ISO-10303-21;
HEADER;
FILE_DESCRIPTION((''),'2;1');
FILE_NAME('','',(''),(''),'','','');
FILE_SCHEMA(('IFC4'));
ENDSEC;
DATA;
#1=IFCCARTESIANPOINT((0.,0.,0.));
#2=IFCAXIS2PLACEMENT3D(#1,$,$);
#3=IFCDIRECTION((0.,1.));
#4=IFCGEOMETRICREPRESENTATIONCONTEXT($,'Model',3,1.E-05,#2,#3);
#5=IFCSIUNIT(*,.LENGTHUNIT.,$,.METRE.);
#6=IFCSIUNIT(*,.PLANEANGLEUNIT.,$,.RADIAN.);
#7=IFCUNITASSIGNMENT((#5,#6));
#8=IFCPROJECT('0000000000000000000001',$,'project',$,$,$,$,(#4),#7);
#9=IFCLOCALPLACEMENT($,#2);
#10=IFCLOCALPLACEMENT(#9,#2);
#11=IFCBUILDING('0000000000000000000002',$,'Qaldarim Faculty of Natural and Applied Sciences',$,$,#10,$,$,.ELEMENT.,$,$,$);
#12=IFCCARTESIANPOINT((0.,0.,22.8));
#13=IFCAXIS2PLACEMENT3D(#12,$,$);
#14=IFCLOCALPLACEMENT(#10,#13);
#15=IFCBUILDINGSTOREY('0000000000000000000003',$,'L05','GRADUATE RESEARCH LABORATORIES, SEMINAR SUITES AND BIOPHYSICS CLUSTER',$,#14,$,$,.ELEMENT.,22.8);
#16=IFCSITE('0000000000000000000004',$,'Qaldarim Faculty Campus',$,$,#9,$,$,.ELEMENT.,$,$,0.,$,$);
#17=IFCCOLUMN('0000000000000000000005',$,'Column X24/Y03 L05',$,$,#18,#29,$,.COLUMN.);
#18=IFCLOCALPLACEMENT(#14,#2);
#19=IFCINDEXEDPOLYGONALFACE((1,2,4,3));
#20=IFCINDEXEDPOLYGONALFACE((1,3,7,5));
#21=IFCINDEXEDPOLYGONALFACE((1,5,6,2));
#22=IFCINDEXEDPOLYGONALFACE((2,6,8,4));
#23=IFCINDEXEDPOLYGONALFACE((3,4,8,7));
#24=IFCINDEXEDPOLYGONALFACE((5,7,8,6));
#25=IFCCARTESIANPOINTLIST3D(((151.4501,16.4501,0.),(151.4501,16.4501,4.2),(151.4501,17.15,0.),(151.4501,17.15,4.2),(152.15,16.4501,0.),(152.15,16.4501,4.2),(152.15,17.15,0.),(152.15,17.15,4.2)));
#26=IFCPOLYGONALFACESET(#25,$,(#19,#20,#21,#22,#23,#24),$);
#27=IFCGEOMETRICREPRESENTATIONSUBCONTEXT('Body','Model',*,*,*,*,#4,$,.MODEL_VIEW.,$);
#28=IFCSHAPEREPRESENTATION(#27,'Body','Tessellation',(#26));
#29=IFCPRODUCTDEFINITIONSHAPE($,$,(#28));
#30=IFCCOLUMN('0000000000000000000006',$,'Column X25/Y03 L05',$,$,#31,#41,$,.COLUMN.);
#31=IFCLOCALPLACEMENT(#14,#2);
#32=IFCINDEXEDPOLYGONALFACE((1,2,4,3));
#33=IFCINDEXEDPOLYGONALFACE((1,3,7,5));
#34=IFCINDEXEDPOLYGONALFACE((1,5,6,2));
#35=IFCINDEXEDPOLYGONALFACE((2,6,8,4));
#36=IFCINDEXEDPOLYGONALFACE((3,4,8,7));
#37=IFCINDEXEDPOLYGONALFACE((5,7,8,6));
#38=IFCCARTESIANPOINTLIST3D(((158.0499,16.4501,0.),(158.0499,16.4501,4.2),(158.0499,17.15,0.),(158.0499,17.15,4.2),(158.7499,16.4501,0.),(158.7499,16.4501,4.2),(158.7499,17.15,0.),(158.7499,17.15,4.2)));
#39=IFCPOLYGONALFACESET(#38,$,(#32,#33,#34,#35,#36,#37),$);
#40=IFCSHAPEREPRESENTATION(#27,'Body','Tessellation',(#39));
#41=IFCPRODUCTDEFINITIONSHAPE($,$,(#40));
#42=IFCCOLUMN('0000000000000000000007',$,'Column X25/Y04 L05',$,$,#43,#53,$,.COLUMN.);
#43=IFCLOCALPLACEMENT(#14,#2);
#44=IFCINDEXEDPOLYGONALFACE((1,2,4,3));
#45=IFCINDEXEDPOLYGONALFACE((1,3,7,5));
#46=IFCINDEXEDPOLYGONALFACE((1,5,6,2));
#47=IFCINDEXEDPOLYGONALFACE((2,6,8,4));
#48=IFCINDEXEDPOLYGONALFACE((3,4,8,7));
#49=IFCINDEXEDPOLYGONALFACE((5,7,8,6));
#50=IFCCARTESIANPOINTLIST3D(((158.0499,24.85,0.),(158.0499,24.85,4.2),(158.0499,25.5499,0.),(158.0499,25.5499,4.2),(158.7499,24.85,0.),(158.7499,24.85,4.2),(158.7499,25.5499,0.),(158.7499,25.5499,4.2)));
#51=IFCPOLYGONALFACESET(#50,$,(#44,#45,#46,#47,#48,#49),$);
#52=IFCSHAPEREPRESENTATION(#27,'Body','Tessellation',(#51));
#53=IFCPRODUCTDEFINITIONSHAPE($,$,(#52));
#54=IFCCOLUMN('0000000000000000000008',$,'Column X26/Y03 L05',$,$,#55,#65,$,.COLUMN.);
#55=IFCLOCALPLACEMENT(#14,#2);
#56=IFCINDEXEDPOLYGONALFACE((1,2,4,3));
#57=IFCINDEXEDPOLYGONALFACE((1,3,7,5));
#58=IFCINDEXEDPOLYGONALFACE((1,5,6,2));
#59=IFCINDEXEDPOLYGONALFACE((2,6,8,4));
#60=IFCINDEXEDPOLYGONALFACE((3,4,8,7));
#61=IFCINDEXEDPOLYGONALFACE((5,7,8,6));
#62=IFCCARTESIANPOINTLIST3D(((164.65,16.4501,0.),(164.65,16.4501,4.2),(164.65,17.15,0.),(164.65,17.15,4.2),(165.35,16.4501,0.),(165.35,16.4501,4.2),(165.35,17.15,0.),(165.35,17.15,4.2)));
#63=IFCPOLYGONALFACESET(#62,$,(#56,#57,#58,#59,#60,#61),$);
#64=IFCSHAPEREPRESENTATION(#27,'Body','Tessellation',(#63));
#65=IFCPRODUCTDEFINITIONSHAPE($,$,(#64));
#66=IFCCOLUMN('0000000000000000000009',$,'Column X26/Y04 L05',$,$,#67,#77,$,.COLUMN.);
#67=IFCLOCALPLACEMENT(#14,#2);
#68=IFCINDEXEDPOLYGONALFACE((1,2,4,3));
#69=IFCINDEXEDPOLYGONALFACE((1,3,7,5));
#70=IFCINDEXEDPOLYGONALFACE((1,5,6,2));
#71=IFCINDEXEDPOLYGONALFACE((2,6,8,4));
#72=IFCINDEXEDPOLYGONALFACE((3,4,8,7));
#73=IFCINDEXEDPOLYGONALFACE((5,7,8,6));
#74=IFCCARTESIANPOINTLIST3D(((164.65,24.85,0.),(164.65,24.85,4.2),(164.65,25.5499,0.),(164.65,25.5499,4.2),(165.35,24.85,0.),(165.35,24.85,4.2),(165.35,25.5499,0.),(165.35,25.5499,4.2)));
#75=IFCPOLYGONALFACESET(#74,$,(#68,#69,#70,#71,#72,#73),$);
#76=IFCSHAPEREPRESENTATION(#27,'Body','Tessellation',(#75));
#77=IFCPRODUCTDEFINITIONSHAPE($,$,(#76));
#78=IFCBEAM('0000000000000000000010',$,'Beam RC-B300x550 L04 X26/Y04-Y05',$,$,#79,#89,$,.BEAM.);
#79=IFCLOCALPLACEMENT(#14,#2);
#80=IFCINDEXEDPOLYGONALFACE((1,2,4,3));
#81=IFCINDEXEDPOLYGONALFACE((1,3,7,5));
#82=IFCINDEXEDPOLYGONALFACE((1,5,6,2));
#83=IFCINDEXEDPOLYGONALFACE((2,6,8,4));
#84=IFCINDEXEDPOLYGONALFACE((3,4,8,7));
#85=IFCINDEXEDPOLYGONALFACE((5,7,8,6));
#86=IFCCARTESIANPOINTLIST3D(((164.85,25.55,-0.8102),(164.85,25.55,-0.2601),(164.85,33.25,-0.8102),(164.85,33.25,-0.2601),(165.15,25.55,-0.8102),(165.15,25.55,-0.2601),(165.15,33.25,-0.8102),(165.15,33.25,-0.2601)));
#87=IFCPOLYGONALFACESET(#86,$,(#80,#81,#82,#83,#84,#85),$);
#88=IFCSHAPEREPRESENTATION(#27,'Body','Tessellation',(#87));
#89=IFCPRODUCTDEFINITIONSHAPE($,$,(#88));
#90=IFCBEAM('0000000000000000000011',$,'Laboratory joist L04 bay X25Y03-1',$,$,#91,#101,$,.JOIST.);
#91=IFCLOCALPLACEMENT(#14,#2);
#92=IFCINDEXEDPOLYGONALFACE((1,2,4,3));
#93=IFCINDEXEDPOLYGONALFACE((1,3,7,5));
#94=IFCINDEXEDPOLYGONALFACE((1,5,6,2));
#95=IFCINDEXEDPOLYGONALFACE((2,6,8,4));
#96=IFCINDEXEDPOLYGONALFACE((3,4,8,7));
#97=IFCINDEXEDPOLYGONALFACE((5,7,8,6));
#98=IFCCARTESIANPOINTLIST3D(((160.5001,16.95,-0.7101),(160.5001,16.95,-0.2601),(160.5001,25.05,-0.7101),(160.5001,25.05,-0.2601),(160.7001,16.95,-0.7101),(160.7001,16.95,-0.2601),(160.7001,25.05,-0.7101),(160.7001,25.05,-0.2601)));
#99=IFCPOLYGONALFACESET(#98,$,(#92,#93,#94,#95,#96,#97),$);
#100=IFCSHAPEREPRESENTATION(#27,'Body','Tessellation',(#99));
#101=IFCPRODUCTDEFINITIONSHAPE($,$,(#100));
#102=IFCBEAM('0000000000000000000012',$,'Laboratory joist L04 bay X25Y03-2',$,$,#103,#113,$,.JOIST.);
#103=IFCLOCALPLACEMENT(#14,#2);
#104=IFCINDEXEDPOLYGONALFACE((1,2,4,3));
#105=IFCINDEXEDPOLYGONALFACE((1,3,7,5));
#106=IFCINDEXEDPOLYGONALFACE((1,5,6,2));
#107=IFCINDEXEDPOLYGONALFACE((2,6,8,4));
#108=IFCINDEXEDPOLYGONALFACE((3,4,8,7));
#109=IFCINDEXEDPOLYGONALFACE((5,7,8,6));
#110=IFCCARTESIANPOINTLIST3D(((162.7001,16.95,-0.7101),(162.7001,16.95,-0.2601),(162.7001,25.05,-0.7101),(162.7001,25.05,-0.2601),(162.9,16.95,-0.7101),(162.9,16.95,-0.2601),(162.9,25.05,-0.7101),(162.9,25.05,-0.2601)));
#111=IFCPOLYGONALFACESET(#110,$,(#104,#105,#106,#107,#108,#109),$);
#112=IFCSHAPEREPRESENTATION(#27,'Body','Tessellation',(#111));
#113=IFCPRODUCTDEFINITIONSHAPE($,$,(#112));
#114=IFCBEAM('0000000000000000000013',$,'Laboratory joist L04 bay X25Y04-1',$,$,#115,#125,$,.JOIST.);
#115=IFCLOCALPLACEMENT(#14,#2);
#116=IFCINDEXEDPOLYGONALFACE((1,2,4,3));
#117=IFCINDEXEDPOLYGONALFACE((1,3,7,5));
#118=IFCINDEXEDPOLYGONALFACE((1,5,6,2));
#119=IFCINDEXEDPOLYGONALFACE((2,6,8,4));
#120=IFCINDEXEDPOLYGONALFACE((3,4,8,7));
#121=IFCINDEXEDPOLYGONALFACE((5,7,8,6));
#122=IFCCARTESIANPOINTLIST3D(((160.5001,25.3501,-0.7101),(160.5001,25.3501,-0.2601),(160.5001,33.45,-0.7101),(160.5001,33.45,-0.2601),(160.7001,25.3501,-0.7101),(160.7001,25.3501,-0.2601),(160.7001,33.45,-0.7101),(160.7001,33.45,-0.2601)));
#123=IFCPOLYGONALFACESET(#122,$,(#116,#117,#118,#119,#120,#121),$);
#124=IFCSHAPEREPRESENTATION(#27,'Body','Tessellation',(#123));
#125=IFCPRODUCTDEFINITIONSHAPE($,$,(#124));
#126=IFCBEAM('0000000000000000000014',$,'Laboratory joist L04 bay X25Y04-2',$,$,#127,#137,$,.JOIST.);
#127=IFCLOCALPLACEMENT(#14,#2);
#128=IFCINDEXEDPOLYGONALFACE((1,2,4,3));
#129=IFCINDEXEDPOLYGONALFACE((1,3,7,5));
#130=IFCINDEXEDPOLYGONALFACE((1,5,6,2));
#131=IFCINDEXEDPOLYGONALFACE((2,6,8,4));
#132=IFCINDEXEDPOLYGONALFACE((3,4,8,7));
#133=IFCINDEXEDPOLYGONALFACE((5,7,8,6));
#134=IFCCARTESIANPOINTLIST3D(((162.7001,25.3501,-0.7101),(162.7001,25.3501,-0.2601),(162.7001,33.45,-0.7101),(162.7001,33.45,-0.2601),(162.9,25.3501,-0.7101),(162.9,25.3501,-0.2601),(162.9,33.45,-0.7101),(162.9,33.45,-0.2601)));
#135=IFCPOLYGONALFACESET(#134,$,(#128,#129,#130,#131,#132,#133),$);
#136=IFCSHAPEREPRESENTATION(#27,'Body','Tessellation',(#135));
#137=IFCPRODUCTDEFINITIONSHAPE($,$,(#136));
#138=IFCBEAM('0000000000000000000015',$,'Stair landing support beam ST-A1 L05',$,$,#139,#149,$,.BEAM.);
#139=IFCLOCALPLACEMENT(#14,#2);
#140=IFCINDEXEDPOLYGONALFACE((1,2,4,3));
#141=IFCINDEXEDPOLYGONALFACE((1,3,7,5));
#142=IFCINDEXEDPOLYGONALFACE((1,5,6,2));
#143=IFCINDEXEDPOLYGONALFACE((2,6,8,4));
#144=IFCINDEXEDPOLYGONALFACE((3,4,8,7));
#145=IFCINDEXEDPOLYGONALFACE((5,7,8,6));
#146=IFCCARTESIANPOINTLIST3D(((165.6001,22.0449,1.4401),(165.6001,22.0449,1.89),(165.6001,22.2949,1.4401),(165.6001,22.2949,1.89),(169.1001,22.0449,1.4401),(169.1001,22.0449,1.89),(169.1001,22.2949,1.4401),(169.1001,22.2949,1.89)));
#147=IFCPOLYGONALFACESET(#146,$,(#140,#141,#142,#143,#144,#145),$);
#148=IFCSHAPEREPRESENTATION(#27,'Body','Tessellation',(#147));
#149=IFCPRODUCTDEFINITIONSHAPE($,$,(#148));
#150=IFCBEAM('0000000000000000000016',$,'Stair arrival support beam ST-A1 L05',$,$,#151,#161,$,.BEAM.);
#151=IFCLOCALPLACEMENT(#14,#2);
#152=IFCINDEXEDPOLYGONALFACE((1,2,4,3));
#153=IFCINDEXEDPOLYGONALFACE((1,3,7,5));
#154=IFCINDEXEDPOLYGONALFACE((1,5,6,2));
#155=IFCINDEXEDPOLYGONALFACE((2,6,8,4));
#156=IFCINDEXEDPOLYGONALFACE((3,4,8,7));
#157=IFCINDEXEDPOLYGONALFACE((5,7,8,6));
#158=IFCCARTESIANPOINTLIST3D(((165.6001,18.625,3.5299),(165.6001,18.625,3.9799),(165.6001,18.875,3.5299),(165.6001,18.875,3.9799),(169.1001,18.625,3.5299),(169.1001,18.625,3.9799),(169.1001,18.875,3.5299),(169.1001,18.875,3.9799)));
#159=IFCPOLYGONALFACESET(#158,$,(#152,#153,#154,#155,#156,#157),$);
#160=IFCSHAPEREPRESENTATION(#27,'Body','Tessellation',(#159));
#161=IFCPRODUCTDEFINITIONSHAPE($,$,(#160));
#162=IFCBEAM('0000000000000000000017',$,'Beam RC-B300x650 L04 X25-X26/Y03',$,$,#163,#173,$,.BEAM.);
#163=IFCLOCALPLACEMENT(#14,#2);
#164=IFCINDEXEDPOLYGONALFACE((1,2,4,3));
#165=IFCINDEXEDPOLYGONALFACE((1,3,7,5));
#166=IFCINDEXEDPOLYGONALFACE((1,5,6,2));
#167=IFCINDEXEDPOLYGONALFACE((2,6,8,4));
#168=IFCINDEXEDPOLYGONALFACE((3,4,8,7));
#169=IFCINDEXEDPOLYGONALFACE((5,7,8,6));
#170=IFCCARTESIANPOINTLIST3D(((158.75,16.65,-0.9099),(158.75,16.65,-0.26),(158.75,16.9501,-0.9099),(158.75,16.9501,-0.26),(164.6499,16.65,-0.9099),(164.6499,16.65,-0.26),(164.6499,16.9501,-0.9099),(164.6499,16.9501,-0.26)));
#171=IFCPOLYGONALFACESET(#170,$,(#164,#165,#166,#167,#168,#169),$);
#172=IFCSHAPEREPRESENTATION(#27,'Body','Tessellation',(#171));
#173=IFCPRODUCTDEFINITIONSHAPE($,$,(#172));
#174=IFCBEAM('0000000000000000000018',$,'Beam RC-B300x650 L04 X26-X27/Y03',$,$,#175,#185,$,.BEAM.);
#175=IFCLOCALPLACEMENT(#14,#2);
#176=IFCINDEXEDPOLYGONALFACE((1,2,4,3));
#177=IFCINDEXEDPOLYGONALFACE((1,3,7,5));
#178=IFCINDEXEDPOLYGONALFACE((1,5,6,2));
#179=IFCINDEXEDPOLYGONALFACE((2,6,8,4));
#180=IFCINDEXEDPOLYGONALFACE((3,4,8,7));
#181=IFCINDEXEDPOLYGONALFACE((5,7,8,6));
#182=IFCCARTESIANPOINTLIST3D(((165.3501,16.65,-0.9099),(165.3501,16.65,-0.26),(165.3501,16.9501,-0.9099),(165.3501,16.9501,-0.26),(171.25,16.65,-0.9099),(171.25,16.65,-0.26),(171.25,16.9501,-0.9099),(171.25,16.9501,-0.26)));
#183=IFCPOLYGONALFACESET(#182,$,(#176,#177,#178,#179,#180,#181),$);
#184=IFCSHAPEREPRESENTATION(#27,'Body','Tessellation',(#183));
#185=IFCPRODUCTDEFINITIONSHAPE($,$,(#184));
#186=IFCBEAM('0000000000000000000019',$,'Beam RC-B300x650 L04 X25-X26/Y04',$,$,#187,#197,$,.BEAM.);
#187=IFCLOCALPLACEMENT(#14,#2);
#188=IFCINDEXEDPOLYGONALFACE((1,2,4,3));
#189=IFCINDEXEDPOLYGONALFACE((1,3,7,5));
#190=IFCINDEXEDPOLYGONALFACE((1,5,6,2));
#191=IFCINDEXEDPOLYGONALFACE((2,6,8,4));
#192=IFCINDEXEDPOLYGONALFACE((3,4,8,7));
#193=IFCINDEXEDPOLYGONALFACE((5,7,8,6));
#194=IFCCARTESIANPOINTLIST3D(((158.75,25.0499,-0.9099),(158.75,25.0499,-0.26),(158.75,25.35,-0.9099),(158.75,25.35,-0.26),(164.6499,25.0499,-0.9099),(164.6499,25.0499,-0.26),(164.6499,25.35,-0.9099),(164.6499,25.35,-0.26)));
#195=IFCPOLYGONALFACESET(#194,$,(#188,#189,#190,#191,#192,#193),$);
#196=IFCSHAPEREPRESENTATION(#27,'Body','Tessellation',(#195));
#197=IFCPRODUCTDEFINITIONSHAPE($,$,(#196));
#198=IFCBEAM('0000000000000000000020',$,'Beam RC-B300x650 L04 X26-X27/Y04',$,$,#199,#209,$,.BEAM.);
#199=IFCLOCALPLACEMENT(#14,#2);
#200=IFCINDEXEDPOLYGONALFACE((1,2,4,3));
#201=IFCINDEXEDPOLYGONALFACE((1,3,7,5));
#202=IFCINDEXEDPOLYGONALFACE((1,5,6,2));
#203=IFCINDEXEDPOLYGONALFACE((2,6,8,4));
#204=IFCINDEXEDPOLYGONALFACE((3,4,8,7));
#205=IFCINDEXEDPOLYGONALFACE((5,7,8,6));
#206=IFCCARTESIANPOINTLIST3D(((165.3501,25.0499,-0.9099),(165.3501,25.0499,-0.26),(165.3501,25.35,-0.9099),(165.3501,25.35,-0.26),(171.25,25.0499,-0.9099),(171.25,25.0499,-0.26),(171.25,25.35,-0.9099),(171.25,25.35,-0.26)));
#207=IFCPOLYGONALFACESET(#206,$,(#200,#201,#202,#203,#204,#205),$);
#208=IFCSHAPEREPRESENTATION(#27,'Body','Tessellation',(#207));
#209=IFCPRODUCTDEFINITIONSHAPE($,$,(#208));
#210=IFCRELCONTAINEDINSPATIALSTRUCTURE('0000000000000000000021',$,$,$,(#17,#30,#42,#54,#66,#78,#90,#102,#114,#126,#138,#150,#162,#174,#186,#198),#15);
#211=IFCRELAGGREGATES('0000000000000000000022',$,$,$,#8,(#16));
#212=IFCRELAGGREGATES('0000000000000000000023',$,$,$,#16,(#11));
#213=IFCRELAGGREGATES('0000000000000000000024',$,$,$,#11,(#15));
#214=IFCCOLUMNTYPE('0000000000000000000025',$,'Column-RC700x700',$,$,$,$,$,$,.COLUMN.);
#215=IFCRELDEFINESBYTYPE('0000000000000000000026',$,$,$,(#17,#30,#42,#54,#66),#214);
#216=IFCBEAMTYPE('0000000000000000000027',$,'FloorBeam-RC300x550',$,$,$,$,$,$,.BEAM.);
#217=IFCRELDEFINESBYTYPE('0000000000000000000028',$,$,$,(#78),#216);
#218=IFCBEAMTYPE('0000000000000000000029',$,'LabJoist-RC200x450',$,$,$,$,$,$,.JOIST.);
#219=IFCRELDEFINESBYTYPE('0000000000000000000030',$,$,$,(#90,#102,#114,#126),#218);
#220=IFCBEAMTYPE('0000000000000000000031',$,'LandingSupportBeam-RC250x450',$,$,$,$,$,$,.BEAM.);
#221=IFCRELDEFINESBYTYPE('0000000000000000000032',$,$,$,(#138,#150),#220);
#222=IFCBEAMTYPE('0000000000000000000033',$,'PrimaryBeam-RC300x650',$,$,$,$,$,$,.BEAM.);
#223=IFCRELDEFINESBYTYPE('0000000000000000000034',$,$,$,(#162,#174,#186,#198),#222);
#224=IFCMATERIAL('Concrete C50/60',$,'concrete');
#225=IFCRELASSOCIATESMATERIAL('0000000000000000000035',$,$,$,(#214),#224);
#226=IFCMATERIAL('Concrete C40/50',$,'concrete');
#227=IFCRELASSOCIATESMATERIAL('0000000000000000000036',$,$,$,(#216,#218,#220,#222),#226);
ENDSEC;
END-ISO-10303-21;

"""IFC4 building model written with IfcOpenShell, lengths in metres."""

from ifc_helpers import new_model, si_unit, direction, frame, origin, origin_2d, place, context, subcontext, project, spatial, rectangle, extrude, material, material_profile, profile_set, type_object, element, save


model = new_model("IFC4")

# Units and contexts
model_context = context("Model", 3, precision=1e-05, world=origin(), true_north=direction((0.0, 1.0)))
body_context = subcontext(model_context, "Body", "Model", "MODEL_VIEW")
ifc_project = project(units=[si_unit("LENGTHUNIT", "METRE"), si_unit("PLANEANGLEUNIT", "RADIAN")], contexts=[model_context])

# Site, building, storey
site_placement = place(None, origin())
site = spatial("IfcSite", under=ifc_project, at=site_placement, Name="Qaldarim Faculty Campus", CompositionType="ELEMENT", RefElevation=0.0)
building_placement = place(site_placement, origin())
building = spatial("IfcBuilding", under=site, at=building_placement, Name="Qaldarim Faculty of Natural and Applied Sciences", CompositionType="ELEMENT")
storey_placement = place(building_placement, frame((0.0, 0.0, 22.8)))
storey = spatial("IfcBuildingStorey", under=building, at=storey_placement, Name="L05", Description="GRADUATE RESEARCH LABORATORIES, SEMINAR SUITES AND BIOPHYSICS CLUSTER", CompositionType="ELEMENT", Elevation=22.8)

# Columns
ifc_material_1 = material(Name="Concrete C50/60", Category="concrete")
ifc_material_profile_1 = material_profile(ifc_material_1, rectangle(XDim=0.7, YDim=0.7, at=origin_2d()), Name="RC-C700x700")
ifc_profile_set_1 = profile_set([ifc_material_profile_1], Name="Concrete C50/60")
column_type = type_object("IfcColumnType", Name="Column-RC700x700", PredefinedType="COLUMN", material=ifc_profile_set_1)
for number, where, z_axis, x_axis, name in (
    (1, (151.8, 16.8, 0.0), (0.0, 0.0, 1.0), (1.0, 0.0, 0.0), "Column X24/Y03 L05"),
    (2, (158.3999, 16.8, 0.0), (0.0, 0.0, 1.0), (1.0, 0.0, 0.0), "Column X25/Y03 L05"),
    (3, (158.3999, 25.2, 0.0), (0.0, 0.0, 1.0), (1.0, 0.0, 0.0), "Column X25/Y04 L05"),
    (4, (165.0, 16.8, 0.0), (0.0, 0.0, 1.0), (1.0, 0.0, 0.0), "Column X26/Y03 L05"),
    (5, (165.0, 25.2, 0.0), (0.0, 0.0, 1.0), (1.0, 0.0, 0.0), "Column X26/Y04 L05"),
):
    element("IfcColumn", number, at=place(storey_placement, frame(where, z_axis=z_axis, x_axis=x_axis)), inside=storey, type_object=column_type, Name=name, PredefinedType="COLUMN", context=body_context, shape_type="SweptSolid", body=[
        extrude(rectangle(XDim=0.7, YDim=0.7, at=origin_2d()), origin(), (0.0, 0.0, 1.0), 4.2),
    ])

# Beams
ifc_material_2 = material(Name="Concrete C40/50", Category="concrete")
ifc_material_profile_2 = material_profile(ifc_material_2, rectangle(XDim=0.3, YDim=0.55, at=origin_2d()), Name="RC-B300x550")
ifc_profile_set_2 = profile_set([ifc_material_profile_2], Name="Concrete C40/50")
beam_type_1 = type_object("IfcBeamType", Name="FloorBeam-RC300x550", PredefinedType="BEAM", material=ifc_profile_set_2)
beam_1_placement = place(storey_placement, frame((165.0, 25.55, -0.5352), z_axis=(0.0, 1.0, 0.0), x_axis=(-1.0, 0.0, 0.0)))
element("IfcBeam", 6, at=beam_1_placement, inside=storey, type_object=beam_type_1, Name="Beam RC-B300x550 L04 X26/Y04-Y05", PredefinedType="BEAM", context=body_context, shape_type="SweptSolid", body=[
    extrude(rectangle(XDim=0.3, YDim=0.55, at=origin_2d()), origin(), (0.0, 0.0, 1.0), 7.7),
])
ifc_material_profile_3 = material_profile(ifc_material_2, rectangle(XDim=0.2, YDim=0.45, at=origin_2d()), Name="RC-J200x450")
ifc_profile_set_3 = profile_set([ifc_material_profile_3], Name="Concrete C40/50")
beam_type_2 = type_object("IfcBeamType", Name="LabJoist-RC200x450", PredefinedType="JOIST", material=ifc_profile_set_3)
for number, where, z_axis, x_axis, name in (
    (7, (160.6001, 16.95, -0.4851), (0.0, 1.0, 0.0), (-1.0, 0.0, 0.0), "Laboratory joist L04 bay X25Y03-1"),
    (8, (162.8, 16.95, -0.4851), (0.0, 1.0, 0.0), (-1.0, 0.0, 0.0), "Laboratory joist L04 bay X25Y03-2"),
):
    element("IfcBeam", number, at=place(storey_placement, frame(where, z_axis=z_axis, x_axis=x_axis)), inside=storey, type_object=beam_type_2, Name=name, PredefinedType="JOIST", context=body_context, shape_type="SweptSolid", body=[
        extrude(rectangle(XDim=0.2, YDim=0.45, at=origin_2d()), origin(), (0.0, 0.0, 1.0), 8.1001),
    ])
for number, where, z_axis, x_axis, name in (
    (9, (160.6001, 25.3501, -0.4851), (0.0, 1.0, 0.0), (-1.0, 0.0, 0.0), "Laboratory joist L04 bay X25Y04-1"),
    (10, (162.8, 25.3501, -0.4851), (0.0, 1.0, 0.0), (-1.0, 0.0, 0.0), "Laboratory joist L04 bay X25Y04-2"),
):
    element("IfcBeam", number, at=place(storey_placement, frame(where, z_axis=z_axis, x_axis=x_axis)), inside=storey, type_object=beam_type_2, Name=name, PredefinedType="JOIST", context=body_context, shape_type="SweptSolid", body=[
        extrude(rectangle(XDim=0.2, YDim=0.45, at=origin_2d()), origin(), (0.0, 0.0, 1.0), 8.0999),
    ])
ifc_material_profile_4 = material_profile(ifc_material_2, rectangle(XDim=0.25, YDim=0.45, at=origin_2d()), Name="RC-LN250x450")
ifc_profile_set_4 = profile_set([ifc_material_profile_4], Name="Concrete C40/50")
beam_type_3 = type_object("IfcBeamType", Name="LandingSupportBeam-RC250x450", PredefinedType="BEAM", material=ifc_profile_set_4)
for number, where, z_axis, x_axis, name in (
    (11, (165.6001, 22.1699, 1.665), (1.0, 0.0, 0.0), (0.0, 1.0, 0.0), "Stair landing support beam ST-A1 L05"),
    (12, (165.6001, 18.75, 3.7549), (1.0, 0.0, 0.0), (0.0, 1.0, 0.0), "Stair arrival support beam ST-A1 L05"),
):
    element("IfcBeam", number, at=place(storey_placement, frame(where, z_axis=z_axis, x_axis=x_axis)), inside=storey, type_object=beam_type_3, Name=name, PredefinedType="BEAM", context=body_context, shape_type="SweptSolid", body=[
        extrude(rectangle(XDim=0.25, YDim=0.45, at=origin_2d()), origin(), (0.0, 0.0, 1.0), 3.5),
    ])
ifc_material_profile_5 = material_profile(ifc_material_2, rectangle(XDim=0.3, YDim=0.6499, at=origin_2d()), Name="RC-B300x650")
ifc_profile_set_5 = profile_set([ifc_material_profile_5], Name="Concrete C40/50")
beam_type_4 = type_object("IfcBeamType", Name="PrimaryBeam-RC300x650", PredefinedType="BEAM", material=ifc_profile_set_5)
for number, where, z_axis, x_axis, name in (
    (13, (158.75, 16.8, -0.585), (1.0, 0.0, 0.0), (0.0, 1.0, 0.0), "Beam RC-B300x650 L04 X25-X26/Y03"),
    (14, (165.3501, 16.8, -0.585), (1.0, 0.0, 0.0), (0.0, 1.0, 0.0), "Beam RC-B300x650 L04 X26-X27/Y03"),
    (15, (158.75, 25.2, -0.585), (1.0, 0.0, 0.0), (0.0, 1.0, 0.0), "Beam RC-B300x650 L04 X25-X26/Y04"),
    (16, (165.3501, 25.2, -0.585), (1.0, 0.0, 0.0), (0.0, 1.0, 0.0), "Beam RC-B300x650 L04 X26-X27/Y04"),
):
    element("IfcBeam", number, at=place(storey_placement, frame(where, z_axis=z_axis, x_axis=x_axis)), inside=storey, type_object=beam_type_4, Name=name, PredefinedType="BEAM", context=body_context, shape_type="SweptSolid", body=[
        extrude(rectangle(XDim=0.3, YDim=0.6499, at=origin_2d()), origin(), (0.0, 0.0, 1.0), 5.8999),
    ])

save(model, "model.ifc")
